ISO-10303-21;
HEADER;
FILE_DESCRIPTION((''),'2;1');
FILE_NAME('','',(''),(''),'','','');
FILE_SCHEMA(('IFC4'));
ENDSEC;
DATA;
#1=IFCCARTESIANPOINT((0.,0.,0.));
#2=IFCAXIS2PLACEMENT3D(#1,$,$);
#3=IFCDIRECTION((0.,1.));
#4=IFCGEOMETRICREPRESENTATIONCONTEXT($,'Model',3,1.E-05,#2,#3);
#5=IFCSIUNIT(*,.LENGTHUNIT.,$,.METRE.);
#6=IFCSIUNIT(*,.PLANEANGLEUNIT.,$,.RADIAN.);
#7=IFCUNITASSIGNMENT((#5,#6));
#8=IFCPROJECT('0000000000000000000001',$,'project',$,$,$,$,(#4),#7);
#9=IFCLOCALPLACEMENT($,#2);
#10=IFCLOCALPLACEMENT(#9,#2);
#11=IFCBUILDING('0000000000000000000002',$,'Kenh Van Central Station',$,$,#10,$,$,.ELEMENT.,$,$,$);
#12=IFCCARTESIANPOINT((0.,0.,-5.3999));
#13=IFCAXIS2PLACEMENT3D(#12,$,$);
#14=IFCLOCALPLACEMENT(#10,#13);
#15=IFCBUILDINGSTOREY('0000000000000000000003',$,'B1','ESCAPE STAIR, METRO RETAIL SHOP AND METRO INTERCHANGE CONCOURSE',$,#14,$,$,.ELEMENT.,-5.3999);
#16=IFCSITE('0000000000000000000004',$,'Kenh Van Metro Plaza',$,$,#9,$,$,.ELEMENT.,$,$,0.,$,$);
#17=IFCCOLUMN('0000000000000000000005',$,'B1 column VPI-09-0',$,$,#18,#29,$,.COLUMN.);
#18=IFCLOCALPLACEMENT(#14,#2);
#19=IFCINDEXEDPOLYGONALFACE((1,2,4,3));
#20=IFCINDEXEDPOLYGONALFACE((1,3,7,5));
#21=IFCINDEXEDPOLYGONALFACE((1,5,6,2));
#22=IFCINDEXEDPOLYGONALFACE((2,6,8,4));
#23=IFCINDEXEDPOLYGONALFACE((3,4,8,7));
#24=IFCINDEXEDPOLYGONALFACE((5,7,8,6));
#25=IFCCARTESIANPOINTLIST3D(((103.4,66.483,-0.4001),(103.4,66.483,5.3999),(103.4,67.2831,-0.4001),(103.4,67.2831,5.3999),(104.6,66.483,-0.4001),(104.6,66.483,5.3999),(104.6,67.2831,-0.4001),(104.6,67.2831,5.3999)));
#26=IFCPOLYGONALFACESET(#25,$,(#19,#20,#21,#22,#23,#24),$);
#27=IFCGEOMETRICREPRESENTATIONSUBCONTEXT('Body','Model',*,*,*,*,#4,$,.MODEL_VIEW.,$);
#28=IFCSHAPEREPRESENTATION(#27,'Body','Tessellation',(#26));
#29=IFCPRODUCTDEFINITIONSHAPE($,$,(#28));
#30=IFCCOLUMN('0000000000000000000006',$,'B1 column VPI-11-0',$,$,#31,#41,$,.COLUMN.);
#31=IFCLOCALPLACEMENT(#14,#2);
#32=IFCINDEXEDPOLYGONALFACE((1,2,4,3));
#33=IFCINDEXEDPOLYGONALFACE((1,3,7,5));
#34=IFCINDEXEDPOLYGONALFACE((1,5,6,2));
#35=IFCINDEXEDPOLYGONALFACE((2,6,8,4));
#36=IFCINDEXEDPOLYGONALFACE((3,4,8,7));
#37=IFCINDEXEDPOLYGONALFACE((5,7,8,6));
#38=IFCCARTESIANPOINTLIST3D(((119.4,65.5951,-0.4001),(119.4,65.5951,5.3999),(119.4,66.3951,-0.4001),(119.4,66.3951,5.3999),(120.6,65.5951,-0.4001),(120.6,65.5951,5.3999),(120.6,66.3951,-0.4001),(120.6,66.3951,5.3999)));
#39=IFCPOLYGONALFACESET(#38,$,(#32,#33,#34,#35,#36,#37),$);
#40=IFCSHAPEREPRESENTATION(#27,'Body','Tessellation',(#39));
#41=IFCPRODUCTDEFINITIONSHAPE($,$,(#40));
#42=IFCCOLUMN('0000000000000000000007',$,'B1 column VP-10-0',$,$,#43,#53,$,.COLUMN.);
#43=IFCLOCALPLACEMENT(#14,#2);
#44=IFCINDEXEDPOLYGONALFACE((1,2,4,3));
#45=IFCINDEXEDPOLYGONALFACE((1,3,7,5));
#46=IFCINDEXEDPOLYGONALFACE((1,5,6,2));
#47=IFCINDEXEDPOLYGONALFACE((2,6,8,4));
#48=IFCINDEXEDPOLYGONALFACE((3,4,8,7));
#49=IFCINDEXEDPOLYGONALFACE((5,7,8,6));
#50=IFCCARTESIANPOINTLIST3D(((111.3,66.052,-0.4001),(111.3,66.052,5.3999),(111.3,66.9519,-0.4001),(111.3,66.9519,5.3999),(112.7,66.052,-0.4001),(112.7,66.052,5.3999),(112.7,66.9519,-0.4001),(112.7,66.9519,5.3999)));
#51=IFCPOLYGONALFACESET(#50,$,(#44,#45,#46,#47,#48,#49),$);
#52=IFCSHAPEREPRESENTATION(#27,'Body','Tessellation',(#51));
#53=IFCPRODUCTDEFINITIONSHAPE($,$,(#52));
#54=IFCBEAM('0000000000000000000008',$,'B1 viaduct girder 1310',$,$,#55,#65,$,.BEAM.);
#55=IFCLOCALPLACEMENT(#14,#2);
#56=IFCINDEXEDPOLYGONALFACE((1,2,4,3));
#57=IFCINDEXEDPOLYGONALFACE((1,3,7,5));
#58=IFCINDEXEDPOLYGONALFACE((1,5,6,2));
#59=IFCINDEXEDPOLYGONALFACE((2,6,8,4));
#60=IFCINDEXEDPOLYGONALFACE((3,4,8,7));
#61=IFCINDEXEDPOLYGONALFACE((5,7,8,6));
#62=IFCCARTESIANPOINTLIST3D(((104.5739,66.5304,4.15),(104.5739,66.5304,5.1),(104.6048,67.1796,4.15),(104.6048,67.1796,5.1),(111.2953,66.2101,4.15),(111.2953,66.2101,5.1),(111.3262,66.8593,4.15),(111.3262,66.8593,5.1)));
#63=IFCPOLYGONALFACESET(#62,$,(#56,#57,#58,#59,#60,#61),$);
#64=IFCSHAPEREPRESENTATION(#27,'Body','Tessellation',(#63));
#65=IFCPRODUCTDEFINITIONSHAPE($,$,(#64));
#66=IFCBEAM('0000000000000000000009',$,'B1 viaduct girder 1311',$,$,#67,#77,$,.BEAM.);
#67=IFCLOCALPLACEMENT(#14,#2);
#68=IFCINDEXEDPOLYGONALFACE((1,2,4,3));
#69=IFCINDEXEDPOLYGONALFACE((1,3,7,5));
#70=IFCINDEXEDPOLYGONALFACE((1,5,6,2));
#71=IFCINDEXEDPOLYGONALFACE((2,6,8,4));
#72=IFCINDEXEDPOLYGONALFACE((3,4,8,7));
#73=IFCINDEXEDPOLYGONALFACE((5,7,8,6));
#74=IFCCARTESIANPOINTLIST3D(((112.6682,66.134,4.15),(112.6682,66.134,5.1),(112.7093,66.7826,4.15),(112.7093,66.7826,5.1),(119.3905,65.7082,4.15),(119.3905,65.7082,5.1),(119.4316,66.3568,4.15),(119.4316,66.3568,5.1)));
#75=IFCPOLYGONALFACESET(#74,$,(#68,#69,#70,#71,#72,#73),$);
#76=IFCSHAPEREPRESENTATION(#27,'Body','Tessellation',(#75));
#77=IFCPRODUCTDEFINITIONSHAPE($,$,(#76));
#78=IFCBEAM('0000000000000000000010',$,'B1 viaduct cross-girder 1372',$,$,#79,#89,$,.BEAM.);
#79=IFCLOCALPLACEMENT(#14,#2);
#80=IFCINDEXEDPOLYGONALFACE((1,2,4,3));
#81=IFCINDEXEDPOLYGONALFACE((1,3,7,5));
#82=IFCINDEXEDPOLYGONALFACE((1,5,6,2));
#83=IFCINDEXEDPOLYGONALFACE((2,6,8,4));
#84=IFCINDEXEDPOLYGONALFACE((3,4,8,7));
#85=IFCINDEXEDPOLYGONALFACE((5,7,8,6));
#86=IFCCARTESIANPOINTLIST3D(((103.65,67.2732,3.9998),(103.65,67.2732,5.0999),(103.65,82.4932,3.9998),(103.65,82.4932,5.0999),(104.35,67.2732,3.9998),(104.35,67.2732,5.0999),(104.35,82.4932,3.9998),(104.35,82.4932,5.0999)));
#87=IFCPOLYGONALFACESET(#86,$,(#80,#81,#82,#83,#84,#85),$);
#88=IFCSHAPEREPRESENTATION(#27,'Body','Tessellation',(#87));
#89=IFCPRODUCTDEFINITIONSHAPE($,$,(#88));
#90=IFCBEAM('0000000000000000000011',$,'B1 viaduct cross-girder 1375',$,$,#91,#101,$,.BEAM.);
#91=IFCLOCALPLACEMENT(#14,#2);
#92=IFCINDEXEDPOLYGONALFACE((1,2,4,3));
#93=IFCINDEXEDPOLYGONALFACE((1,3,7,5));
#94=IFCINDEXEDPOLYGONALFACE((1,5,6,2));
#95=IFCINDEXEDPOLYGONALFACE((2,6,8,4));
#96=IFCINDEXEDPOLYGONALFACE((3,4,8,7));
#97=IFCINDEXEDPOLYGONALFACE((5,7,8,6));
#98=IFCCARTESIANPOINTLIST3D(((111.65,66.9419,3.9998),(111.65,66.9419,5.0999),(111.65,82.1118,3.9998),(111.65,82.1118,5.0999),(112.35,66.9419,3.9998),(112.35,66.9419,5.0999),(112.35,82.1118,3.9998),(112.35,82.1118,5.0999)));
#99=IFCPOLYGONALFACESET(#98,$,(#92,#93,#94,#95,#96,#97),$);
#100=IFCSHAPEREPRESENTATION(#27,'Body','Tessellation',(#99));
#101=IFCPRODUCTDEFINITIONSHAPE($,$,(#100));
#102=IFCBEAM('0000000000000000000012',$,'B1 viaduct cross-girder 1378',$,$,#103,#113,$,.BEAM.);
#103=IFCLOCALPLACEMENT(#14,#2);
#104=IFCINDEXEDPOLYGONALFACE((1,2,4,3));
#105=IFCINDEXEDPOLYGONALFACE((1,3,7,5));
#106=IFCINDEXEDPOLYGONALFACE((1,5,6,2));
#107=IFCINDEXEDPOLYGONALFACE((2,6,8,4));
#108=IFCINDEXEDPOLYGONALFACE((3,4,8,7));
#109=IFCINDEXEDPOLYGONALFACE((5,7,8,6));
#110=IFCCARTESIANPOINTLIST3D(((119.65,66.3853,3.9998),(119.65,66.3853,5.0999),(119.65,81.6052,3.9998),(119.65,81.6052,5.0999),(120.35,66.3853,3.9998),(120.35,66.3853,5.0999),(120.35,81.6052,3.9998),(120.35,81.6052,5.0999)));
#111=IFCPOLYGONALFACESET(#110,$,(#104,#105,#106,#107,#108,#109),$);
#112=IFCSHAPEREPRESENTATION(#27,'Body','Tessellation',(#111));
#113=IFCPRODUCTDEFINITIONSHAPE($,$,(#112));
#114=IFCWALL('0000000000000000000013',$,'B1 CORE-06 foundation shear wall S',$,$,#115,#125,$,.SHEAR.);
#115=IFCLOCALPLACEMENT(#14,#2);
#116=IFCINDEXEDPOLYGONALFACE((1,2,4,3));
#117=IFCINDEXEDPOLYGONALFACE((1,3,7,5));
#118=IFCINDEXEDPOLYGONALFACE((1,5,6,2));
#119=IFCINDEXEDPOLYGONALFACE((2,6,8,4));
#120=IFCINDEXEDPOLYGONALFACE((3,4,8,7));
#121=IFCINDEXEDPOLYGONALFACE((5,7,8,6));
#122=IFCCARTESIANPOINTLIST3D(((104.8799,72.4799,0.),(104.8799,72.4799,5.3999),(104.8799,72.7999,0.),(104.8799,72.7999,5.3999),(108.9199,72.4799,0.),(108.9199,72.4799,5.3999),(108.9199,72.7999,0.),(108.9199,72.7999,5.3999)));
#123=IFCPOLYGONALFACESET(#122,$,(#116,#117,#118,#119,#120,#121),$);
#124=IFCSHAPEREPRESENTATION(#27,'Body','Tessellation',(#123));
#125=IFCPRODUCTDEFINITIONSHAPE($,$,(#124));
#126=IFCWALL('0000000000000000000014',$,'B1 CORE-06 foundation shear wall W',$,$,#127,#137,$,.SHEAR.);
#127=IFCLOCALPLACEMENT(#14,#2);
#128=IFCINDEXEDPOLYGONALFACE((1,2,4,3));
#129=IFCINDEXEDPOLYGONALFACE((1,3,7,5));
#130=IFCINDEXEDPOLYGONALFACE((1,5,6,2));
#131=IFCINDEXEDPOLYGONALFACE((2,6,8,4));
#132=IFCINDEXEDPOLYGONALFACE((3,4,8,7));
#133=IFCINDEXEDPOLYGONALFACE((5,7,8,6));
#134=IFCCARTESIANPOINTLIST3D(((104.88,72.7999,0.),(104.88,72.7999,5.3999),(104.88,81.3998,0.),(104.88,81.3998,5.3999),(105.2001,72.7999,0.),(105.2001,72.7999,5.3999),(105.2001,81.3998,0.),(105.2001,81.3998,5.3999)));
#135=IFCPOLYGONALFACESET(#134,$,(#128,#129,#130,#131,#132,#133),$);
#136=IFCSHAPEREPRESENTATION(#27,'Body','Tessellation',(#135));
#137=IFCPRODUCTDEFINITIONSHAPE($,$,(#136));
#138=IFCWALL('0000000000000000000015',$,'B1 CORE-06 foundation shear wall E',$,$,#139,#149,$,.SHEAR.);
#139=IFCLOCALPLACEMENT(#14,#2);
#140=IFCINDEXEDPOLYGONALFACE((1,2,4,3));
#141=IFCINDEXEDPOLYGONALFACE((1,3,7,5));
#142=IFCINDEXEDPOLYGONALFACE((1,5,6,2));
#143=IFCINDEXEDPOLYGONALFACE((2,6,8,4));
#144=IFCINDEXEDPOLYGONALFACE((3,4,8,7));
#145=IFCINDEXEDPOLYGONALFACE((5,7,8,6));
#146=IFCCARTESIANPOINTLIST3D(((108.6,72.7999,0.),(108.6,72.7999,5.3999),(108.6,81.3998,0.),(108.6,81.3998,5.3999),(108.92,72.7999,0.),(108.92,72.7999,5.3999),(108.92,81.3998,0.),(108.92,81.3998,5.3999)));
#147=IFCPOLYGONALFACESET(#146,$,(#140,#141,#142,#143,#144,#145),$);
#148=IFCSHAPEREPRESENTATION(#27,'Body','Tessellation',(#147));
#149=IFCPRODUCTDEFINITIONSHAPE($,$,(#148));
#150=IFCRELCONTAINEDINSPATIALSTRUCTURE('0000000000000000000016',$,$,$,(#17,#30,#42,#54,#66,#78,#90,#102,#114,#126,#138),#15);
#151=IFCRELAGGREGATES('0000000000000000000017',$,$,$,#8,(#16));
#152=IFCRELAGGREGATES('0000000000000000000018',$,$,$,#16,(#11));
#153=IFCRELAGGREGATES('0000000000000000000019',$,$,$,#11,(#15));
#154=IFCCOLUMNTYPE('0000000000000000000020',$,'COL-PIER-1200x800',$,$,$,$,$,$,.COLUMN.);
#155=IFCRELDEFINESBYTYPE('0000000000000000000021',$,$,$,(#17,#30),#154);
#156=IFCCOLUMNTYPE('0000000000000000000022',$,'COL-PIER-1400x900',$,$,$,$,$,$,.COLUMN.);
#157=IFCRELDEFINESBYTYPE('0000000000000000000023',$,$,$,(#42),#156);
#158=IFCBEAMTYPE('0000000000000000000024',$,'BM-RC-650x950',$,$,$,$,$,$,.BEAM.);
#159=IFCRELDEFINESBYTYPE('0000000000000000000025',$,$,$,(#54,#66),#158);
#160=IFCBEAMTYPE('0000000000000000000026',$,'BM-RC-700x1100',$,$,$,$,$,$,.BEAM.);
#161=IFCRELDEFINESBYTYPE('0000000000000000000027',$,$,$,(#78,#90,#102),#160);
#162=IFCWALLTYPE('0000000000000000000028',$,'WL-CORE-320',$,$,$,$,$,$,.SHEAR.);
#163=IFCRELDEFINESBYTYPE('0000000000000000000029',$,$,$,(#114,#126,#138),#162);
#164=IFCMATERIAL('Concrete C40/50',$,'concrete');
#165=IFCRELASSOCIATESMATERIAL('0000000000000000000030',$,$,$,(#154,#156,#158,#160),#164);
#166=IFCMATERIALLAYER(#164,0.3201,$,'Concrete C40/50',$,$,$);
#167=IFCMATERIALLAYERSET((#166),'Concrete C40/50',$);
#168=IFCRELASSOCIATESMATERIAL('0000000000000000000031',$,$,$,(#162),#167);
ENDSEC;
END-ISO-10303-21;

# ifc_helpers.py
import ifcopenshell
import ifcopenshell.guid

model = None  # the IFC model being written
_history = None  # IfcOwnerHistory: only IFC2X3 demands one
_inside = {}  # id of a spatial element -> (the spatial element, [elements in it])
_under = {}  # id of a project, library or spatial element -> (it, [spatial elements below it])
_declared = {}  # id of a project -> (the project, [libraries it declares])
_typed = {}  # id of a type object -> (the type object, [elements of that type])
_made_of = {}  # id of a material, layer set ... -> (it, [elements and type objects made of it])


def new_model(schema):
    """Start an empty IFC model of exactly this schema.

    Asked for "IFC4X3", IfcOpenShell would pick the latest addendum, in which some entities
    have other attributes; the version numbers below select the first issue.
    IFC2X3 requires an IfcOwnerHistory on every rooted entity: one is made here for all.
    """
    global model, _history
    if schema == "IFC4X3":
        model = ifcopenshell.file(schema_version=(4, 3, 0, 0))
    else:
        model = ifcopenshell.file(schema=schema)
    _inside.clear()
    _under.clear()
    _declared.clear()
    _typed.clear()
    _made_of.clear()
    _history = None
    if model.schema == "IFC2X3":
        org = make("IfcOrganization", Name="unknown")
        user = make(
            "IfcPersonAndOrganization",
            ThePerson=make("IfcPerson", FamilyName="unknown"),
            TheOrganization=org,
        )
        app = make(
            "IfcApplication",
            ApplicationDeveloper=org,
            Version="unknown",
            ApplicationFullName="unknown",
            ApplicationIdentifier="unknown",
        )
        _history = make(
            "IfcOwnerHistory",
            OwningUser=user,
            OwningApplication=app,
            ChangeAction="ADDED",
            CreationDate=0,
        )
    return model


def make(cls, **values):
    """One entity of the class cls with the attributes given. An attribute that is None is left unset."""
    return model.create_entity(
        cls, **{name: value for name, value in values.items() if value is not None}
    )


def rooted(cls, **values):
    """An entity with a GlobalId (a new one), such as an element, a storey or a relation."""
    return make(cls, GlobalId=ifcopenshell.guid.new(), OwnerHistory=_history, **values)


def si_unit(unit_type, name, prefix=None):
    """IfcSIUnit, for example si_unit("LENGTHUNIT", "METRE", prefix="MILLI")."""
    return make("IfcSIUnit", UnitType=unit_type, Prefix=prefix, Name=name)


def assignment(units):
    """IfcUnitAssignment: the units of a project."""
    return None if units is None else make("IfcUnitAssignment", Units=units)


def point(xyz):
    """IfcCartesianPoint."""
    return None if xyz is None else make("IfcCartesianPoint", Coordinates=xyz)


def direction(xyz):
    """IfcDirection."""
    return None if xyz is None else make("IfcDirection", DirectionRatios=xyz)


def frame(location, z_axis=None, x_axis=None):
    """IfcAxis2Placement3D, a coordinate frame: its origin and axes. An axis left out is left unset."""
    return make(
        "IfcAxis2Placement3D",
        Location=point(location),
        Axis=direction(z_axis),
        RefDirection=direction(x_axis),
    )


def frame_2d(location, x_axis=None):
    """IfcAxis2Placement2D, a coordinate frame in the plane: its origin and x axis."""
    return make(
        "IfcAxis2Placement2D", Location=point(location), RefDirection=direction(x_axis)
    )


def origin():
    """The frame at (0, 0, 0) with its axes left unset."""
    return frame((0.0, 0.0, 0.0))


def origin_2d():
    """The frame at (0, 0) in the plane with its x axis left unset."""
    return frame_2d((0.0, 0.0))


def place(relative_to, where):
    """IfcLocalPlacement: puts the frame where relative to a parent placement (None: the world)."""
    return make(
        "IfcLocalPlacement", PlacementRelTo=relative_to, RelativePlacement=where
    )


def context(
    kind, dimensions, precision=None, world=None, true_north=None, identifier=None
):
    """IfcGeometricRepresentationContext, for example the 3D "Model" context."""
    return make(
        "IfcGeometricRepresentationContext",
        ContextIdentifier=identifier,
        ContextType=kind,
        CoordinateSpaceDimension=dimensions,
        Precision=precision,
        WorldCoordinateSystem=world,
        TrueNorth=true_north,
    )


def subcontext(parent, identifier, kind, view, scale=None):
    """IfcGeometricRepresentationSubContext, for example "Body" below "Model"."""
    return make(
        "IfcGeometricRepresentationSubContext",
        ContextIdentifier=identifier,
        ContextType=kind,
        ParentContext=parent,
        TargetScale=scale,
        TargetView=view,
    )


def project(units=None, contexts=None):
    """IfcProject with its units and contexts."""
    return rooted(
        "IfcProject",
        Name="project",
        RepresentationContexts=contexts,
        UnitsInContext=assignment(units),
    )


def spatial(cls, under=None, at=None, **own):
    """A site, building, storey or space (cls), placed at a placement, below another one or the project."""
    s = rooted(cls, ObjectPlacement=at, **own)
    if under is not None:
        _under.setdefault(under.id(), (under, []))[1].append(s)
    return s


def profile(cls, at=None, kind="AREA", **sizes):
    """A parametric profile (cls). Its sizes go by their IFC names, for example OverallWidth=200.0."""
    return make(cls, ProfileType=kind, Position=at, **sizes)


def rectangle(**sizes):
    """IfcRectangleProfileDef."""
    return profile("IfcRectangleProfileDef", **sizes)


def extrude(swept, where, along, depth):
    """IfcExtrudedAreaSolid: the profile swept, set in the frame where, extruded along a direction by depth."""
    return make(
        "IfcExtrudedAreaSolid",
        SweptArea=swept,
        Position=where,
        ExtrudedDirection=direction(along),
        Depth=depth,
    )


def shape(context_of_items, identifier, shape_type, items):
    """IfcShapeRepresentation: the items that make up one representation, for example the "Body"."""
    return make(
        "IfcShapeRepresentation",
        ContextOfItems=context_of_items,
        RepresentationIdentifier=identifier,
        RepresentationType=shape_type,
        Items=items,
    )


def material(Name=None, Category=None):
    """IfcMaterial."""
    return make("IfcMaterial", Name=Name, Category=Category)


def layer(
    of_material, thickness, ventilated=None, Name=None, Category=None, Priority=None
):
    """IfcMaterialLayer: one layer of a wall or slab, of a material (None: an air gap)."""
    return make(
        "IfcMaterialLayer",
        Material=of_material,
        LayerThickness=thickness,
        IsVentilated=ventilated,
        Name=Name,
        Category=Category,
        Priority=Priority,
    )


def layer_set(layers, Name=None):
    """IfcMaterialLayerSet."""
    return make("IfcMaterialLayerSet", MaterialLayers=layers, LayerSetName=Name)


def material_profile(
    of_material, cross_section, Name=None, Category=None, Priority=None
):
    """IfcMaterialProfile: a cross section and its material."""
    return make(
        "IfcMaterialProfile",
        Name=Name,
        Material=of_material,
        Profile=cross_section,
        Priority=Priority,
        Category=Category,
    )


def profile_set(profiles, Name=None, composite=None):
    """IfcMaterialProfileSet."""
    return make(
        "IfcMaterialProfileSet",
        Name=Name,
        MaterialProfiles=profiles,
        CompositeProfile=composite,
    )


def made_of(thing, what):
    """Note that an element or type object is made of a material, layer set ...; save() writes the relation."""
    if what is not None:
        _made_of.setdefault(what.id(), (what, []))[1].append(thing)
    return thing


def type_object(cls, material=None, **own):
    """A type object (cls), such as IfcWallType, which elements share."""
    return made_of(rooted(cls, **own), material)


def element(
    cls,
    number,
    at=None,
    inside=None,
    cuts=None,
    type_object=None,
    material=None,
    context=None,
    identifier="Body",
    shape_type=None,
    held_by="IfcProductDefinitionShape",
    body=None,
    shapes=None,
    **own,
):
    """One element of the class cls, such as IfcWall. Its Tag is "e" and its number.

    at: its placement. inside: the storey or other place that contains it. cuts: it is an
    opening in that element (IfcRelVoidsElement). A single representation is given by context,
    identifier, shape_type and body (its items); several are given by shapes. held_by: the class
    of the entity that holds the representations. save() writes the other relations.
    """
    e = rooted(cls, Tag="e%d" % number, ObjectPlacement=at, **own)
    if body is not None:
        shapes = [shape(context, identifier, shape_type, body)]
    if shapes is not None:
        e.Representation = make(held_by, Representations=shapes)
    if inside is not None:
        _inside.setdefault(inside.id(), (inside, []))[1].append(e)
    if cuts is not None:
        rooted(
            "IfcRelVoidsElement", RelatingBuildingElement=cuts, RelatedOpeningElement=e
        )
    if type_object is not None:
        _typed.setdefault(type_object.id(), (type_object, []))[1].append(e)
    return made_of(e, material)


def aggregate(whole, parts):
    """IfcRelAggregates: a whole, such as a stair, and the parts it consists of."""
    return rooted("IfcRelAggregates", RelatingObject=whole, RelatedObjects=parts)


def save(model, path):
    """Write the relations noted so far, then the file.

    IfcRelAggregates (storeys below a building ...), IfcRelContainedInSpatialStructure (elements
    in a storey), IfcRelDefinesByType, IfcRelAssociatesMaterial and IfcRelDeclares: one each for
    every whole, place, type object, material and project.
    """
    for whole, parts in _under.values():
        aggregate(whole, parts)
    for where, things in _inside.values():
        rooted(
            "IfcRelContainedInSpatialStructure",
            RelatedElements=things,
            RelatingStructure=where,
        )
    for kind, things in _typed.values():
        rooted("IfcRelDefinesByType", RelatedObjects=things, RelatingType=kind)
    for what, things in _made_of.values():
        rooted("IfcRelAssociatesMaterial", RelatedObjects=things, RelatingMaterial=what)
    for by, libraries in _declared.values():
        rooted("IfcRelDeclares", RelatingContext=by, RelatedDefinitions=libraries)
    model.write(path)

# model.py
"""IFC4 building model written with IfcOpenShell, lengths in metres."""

from ifc_helpers import new_model, si_unit, direction, frame, frame_2d, origin, origin_2d, place, context, subcontext, project, spatial, rectangle, extrude, material, layer, layer_set, material_profile, profile_set, type_object, element, save


model = new_model("IFC4")

# Units and contexts
model_context = context("Model", 3, precision=1e-05, world=origin(), true_north=direction((0.0, 1.0)))
body_context = subcontext(model_context, "Body", "Model", "MODEL_VIEW")
ifc_project = project(units=[si_unit("LENGTHUNIT", "METRE"), si_unit("PLANEANGLEUNIT", "RADIAN")], contexts=[model_context])

# Site, building, storey
site_placement = place(None, origin())
site = spatial("IfcSite", under=ifc_project, at=site_placement, Name="Kenh Van Metro Plaza", CompositionType="ELEMENT", RefElevation=0.0)
building_placement = place(site_placement, origin())
building = spatial("IfcBuilding", under=site, at=building_placement, Name="Kenh Van Central Station", CompositionType="ELEMENT")
storey_placement = place(building_placement, frame((0.0, 0.0, -5.3999)))
storey = spatial("IfcBuildingStorey", under=building, at=storey_placement, Name="B1", Description="ESCAPE STAIR, METRO RETAIL SHOP AND METRO INTERCHANGE CONCOURSE", CompositionType="ELEMENT", Elevation=-5.3999)

# Shared definitions
ifc_material = material(Name="Concrete C40/50", Category="concrete")

# Columns
ifc_material_profile_1 = material_profile(ifc_material, rectangle(XDim=1.2, YDim=0.8, at=origin_2d()), Name="RC 1200x800")
ifc_profile_set_1 = profile_set([ifc_material_profile_1], Name="Concrete C40/50")
column_type_1 = type_object("IfcColumnType", Name="COL-PIER-1200x800", PredefinedType="COLUMN", material=ifc_profile_set_1)
for number, where, z_axis, x_axis, name in (
    (1, (104.0, 66.8831, -0.4001), (0.0, 0.0, 1.0), (1.0, 0.0, 0.0), "B1 column VPI-09-0"),
    (2, (120.0, 65.9951, -0.4001), (0.0, 0.0, 1.0), (1.0, 0.0, 0.0), "B1 column VPI-11-0"),
):
    element("IfcColumn", number, at=place(storey_placement, frame(where, z_axis=z_axis, x_axis=x_axis)), inside=storey, type_object=column_type_1, Name=name, PredefinedType="COLUMN", context=body_context, shape_type="SweptSolid", body=[
        extrude(rectangle(XDim=1.2, YDim=0.8, at=origin_2d()), origin(), (0.0, 0.0, 1.0), 5.8),
    ])
ifc_material_profile_2 = material_profile(ifc_material, rectangle(XDim=1.3999, YDim=0.8999, at=origin_2d()), Name="RC 1400x900")
ifc_profile_set_2 = profile_set([ifc_material_profile_2], Name="Concrete C40/50")
column_type_2 = type_object("IfcColumnType", Name="COL-PIER-1400x900", PredefinedType="COLUMN", material=ifc_profile_set_2)
column_placement = place(storey_placement, frame((112.0, 66.502, -0.4001), z_axis=(0.0, 0.0, 1.0), x_axis=(1.0, 0.0, 0.0)))
element("IfcColumn", 3, at=column_placement, inside=storey, type_object=column_type_2, Name="B1 column VP-10-0", PredefinedType="COLUMN", context=body_context, shape_type="SweptSolid", body=[
    extrude(rectangle(XDim=1.3999, YDim=0.8999, at=origin_2d()), origin(), (0.0, 0.0, 1.0), 5.8),
])

# Beams
ifc_material_profile_3 = material_profile(ifc_material, rectangle(XDim=0.6499, YDim=0.95, at=origin_2d()), Name="RC 650x950")
ifc_profile_set_3 = profile_set([ifc_material_profile_3], Name="Concrete C40/50")
beam_type_1 = type_object("IfcBeamType", Name="BM-RC-650x950", PredefinedType="BEAM", material=ifc_profile_set_3)
beam_1_placement = place(storey_placement, frame((104.5894, 66.855, 4.625), z_axis=(0.998866, -0.047601, 0.0), x_axis=(0.047601, 0.998866, 0.0)))
element("IfcBeam", 4, at=beam_1_placement, inside=storey, type_object=beam_type_1, Name="B1 viaduct girder 1310", PredefinedType="BEAM", context=body_context, shape_type="SweptSolid", body=[
    extrude(rectangle(XDim=0.6499, YDim=0.95, at=origin_2d()), origin(), (0.0, 0.0, 1.0), 6.729),
])
beam_2_placement = place(storey_placement, frame((112.6887, 66.4583, 4.625), z_axis=(0.998, -0.063211, 0.0), x_axis=(0.063211, 0.998, 0.0)))
element("IfcBeam", 5, at=beam_2_placement, inside=storey, type_object=beam_type_1, Name="B1 viaduct girder 1311", PredefinedType="BEAM", context=body_context, shape_type="SweptSolid", body=[
    extrude(rectangle(XDim=0.6499, YDim=0.95, at=origin_2d()), origin(), (0.0, 0.0, 1.0), 6.7358),
])
ifc_material_profile_4 = material_profile(ifc_material, rectangle(XDim=0.7, YDim=1.1001, at=origin_2d()), Name="RC 700x1100")
ifc_profile_set_4 = profile_set([ifc_material_profile_4], Name="Concrete C40/50")
beam_type_2 = type_object("IfcBeamType", Name="BM-RC-700x1100", PredefinedType="BEAM", material=ifc_profile_set_4)
beam_3_placement = place(storey_placement, frame((104.0, 67.2732, 4.5498), z_axis=(0.0, 1.0, 0.0), x_axis=(-1.0, 0.0, 0.0)))
element("IfcBeam", 6, at=beam_3_placement, inside=storey, type_object=beam_type_2, Name="B1 viaduct cross-girder 1372", PredefinedType="BEAM", context=body_context, shape_type="SweptSolid", body=[
    extrude(rectangle(XDim=0.7, YDim=1.1001, at=origin_2d()), origin(), (0.0, 0.0, 1.0), 15.22),
])
beam_4_placement = place(storey_placement, frame((112.0, 66.9419, 4.5498), z_axis=(0.0, 1.0, 0.0), x_axis=(-1.0, 0.0, 0.0)))
element("IfcBeam", 7, at=beam_4_placement, inside=storey, type_object=beam_type_2, Name="B1 viaduct cross-girder 1375", PredefinedType="BEAM", context=body_context, shape_type="SweptSolid", body=[
    extrude(rectangle(XDim=0.7, YDim=1.1001, at=origin_2d()), origin(), (0.0, 0.0, 1.0), 15.1699),
])
beam_5_placement = place(storey_placement, frame((120.0, 66.3853, 4.5498), z_axis=(0.0, 1.0, 0.0), x_axis=(-1.0, 0.0, 0.0)))
element("IfcBeam", 8, at=beam_5_placement, inside=storey, type_object=beam_type_2, Name="B1 viaduct cross-girder 1378", PredefinedType="BEAM", context=body_context, shape_type="SweptSolid", body=[
    extrude(rectangle(XDim=0.7, YDim=1.1001, at=origin_2d()), origin(), (0.0, 0.0, 1.0), 15.22),
])

# Walls
ifc_layer = layer(ifc_material, 0.3201, Name="Concrete C40/50")
ifc_layer_set = layer_set([ifc_layer], Name="Concrete C40/50")
wall_type = type_object("IfcWallType", Name="WL-CORE-320", PredefinedType="SHEAR", material=ifc_layer_set)
wall_placement = place(storey_placement, frame((104.8799, 72.6399, 0.0), z_axis=(0.0, 0.0, 1.0), x_axis=(1.0, 0.0, 0.0)))
element("IfcWall", 9, at=wall_placement, inside=storey, type_object=wall_type, Name="B1 CORE-06 foundation shear wall S", PredefinedType="SHEAR", context=body_context, shape_type="SweptSolid", body=[
    extrude(rectangle(XDim=4.04, YDim=0.3201, at=frame_2d((2.02, 0.0))), origin(), (0.0, 0.0, 1.0), 5.3999),
])
for number, where, z_axis, x_axis, name in (
    (10, (105.04, 72.8, 0.0), (0.0, 0.0, 1.0), (0.0, 1.0, 0.0), "B1 CORE-06 foundation shear wall W"),
    (11, (108.76, 72.8, 0.0), (0.0, 0.0, 1.0), (0.0, 1.0, 0.0), "B1 CORE-06 foundation shear wall E"),
):
    element("IfcWall", number, at=place(storey_placement, frame(where, z_axis=z_axis, x_axis=x_axis)), inside=storey, type_object=wall_type, Name=name, PredefinedType="SHEAR", context=body_context, shape_type="SweptSolid", body=[
        extrude(rectangle(XDim=8.5999, YDim=0.3201, at=frame_2d((4.2998, 0.0))), origin(), (0.0, 0.0, 1.0), 5.3999),
    ])

save(model, "model.ifc")
